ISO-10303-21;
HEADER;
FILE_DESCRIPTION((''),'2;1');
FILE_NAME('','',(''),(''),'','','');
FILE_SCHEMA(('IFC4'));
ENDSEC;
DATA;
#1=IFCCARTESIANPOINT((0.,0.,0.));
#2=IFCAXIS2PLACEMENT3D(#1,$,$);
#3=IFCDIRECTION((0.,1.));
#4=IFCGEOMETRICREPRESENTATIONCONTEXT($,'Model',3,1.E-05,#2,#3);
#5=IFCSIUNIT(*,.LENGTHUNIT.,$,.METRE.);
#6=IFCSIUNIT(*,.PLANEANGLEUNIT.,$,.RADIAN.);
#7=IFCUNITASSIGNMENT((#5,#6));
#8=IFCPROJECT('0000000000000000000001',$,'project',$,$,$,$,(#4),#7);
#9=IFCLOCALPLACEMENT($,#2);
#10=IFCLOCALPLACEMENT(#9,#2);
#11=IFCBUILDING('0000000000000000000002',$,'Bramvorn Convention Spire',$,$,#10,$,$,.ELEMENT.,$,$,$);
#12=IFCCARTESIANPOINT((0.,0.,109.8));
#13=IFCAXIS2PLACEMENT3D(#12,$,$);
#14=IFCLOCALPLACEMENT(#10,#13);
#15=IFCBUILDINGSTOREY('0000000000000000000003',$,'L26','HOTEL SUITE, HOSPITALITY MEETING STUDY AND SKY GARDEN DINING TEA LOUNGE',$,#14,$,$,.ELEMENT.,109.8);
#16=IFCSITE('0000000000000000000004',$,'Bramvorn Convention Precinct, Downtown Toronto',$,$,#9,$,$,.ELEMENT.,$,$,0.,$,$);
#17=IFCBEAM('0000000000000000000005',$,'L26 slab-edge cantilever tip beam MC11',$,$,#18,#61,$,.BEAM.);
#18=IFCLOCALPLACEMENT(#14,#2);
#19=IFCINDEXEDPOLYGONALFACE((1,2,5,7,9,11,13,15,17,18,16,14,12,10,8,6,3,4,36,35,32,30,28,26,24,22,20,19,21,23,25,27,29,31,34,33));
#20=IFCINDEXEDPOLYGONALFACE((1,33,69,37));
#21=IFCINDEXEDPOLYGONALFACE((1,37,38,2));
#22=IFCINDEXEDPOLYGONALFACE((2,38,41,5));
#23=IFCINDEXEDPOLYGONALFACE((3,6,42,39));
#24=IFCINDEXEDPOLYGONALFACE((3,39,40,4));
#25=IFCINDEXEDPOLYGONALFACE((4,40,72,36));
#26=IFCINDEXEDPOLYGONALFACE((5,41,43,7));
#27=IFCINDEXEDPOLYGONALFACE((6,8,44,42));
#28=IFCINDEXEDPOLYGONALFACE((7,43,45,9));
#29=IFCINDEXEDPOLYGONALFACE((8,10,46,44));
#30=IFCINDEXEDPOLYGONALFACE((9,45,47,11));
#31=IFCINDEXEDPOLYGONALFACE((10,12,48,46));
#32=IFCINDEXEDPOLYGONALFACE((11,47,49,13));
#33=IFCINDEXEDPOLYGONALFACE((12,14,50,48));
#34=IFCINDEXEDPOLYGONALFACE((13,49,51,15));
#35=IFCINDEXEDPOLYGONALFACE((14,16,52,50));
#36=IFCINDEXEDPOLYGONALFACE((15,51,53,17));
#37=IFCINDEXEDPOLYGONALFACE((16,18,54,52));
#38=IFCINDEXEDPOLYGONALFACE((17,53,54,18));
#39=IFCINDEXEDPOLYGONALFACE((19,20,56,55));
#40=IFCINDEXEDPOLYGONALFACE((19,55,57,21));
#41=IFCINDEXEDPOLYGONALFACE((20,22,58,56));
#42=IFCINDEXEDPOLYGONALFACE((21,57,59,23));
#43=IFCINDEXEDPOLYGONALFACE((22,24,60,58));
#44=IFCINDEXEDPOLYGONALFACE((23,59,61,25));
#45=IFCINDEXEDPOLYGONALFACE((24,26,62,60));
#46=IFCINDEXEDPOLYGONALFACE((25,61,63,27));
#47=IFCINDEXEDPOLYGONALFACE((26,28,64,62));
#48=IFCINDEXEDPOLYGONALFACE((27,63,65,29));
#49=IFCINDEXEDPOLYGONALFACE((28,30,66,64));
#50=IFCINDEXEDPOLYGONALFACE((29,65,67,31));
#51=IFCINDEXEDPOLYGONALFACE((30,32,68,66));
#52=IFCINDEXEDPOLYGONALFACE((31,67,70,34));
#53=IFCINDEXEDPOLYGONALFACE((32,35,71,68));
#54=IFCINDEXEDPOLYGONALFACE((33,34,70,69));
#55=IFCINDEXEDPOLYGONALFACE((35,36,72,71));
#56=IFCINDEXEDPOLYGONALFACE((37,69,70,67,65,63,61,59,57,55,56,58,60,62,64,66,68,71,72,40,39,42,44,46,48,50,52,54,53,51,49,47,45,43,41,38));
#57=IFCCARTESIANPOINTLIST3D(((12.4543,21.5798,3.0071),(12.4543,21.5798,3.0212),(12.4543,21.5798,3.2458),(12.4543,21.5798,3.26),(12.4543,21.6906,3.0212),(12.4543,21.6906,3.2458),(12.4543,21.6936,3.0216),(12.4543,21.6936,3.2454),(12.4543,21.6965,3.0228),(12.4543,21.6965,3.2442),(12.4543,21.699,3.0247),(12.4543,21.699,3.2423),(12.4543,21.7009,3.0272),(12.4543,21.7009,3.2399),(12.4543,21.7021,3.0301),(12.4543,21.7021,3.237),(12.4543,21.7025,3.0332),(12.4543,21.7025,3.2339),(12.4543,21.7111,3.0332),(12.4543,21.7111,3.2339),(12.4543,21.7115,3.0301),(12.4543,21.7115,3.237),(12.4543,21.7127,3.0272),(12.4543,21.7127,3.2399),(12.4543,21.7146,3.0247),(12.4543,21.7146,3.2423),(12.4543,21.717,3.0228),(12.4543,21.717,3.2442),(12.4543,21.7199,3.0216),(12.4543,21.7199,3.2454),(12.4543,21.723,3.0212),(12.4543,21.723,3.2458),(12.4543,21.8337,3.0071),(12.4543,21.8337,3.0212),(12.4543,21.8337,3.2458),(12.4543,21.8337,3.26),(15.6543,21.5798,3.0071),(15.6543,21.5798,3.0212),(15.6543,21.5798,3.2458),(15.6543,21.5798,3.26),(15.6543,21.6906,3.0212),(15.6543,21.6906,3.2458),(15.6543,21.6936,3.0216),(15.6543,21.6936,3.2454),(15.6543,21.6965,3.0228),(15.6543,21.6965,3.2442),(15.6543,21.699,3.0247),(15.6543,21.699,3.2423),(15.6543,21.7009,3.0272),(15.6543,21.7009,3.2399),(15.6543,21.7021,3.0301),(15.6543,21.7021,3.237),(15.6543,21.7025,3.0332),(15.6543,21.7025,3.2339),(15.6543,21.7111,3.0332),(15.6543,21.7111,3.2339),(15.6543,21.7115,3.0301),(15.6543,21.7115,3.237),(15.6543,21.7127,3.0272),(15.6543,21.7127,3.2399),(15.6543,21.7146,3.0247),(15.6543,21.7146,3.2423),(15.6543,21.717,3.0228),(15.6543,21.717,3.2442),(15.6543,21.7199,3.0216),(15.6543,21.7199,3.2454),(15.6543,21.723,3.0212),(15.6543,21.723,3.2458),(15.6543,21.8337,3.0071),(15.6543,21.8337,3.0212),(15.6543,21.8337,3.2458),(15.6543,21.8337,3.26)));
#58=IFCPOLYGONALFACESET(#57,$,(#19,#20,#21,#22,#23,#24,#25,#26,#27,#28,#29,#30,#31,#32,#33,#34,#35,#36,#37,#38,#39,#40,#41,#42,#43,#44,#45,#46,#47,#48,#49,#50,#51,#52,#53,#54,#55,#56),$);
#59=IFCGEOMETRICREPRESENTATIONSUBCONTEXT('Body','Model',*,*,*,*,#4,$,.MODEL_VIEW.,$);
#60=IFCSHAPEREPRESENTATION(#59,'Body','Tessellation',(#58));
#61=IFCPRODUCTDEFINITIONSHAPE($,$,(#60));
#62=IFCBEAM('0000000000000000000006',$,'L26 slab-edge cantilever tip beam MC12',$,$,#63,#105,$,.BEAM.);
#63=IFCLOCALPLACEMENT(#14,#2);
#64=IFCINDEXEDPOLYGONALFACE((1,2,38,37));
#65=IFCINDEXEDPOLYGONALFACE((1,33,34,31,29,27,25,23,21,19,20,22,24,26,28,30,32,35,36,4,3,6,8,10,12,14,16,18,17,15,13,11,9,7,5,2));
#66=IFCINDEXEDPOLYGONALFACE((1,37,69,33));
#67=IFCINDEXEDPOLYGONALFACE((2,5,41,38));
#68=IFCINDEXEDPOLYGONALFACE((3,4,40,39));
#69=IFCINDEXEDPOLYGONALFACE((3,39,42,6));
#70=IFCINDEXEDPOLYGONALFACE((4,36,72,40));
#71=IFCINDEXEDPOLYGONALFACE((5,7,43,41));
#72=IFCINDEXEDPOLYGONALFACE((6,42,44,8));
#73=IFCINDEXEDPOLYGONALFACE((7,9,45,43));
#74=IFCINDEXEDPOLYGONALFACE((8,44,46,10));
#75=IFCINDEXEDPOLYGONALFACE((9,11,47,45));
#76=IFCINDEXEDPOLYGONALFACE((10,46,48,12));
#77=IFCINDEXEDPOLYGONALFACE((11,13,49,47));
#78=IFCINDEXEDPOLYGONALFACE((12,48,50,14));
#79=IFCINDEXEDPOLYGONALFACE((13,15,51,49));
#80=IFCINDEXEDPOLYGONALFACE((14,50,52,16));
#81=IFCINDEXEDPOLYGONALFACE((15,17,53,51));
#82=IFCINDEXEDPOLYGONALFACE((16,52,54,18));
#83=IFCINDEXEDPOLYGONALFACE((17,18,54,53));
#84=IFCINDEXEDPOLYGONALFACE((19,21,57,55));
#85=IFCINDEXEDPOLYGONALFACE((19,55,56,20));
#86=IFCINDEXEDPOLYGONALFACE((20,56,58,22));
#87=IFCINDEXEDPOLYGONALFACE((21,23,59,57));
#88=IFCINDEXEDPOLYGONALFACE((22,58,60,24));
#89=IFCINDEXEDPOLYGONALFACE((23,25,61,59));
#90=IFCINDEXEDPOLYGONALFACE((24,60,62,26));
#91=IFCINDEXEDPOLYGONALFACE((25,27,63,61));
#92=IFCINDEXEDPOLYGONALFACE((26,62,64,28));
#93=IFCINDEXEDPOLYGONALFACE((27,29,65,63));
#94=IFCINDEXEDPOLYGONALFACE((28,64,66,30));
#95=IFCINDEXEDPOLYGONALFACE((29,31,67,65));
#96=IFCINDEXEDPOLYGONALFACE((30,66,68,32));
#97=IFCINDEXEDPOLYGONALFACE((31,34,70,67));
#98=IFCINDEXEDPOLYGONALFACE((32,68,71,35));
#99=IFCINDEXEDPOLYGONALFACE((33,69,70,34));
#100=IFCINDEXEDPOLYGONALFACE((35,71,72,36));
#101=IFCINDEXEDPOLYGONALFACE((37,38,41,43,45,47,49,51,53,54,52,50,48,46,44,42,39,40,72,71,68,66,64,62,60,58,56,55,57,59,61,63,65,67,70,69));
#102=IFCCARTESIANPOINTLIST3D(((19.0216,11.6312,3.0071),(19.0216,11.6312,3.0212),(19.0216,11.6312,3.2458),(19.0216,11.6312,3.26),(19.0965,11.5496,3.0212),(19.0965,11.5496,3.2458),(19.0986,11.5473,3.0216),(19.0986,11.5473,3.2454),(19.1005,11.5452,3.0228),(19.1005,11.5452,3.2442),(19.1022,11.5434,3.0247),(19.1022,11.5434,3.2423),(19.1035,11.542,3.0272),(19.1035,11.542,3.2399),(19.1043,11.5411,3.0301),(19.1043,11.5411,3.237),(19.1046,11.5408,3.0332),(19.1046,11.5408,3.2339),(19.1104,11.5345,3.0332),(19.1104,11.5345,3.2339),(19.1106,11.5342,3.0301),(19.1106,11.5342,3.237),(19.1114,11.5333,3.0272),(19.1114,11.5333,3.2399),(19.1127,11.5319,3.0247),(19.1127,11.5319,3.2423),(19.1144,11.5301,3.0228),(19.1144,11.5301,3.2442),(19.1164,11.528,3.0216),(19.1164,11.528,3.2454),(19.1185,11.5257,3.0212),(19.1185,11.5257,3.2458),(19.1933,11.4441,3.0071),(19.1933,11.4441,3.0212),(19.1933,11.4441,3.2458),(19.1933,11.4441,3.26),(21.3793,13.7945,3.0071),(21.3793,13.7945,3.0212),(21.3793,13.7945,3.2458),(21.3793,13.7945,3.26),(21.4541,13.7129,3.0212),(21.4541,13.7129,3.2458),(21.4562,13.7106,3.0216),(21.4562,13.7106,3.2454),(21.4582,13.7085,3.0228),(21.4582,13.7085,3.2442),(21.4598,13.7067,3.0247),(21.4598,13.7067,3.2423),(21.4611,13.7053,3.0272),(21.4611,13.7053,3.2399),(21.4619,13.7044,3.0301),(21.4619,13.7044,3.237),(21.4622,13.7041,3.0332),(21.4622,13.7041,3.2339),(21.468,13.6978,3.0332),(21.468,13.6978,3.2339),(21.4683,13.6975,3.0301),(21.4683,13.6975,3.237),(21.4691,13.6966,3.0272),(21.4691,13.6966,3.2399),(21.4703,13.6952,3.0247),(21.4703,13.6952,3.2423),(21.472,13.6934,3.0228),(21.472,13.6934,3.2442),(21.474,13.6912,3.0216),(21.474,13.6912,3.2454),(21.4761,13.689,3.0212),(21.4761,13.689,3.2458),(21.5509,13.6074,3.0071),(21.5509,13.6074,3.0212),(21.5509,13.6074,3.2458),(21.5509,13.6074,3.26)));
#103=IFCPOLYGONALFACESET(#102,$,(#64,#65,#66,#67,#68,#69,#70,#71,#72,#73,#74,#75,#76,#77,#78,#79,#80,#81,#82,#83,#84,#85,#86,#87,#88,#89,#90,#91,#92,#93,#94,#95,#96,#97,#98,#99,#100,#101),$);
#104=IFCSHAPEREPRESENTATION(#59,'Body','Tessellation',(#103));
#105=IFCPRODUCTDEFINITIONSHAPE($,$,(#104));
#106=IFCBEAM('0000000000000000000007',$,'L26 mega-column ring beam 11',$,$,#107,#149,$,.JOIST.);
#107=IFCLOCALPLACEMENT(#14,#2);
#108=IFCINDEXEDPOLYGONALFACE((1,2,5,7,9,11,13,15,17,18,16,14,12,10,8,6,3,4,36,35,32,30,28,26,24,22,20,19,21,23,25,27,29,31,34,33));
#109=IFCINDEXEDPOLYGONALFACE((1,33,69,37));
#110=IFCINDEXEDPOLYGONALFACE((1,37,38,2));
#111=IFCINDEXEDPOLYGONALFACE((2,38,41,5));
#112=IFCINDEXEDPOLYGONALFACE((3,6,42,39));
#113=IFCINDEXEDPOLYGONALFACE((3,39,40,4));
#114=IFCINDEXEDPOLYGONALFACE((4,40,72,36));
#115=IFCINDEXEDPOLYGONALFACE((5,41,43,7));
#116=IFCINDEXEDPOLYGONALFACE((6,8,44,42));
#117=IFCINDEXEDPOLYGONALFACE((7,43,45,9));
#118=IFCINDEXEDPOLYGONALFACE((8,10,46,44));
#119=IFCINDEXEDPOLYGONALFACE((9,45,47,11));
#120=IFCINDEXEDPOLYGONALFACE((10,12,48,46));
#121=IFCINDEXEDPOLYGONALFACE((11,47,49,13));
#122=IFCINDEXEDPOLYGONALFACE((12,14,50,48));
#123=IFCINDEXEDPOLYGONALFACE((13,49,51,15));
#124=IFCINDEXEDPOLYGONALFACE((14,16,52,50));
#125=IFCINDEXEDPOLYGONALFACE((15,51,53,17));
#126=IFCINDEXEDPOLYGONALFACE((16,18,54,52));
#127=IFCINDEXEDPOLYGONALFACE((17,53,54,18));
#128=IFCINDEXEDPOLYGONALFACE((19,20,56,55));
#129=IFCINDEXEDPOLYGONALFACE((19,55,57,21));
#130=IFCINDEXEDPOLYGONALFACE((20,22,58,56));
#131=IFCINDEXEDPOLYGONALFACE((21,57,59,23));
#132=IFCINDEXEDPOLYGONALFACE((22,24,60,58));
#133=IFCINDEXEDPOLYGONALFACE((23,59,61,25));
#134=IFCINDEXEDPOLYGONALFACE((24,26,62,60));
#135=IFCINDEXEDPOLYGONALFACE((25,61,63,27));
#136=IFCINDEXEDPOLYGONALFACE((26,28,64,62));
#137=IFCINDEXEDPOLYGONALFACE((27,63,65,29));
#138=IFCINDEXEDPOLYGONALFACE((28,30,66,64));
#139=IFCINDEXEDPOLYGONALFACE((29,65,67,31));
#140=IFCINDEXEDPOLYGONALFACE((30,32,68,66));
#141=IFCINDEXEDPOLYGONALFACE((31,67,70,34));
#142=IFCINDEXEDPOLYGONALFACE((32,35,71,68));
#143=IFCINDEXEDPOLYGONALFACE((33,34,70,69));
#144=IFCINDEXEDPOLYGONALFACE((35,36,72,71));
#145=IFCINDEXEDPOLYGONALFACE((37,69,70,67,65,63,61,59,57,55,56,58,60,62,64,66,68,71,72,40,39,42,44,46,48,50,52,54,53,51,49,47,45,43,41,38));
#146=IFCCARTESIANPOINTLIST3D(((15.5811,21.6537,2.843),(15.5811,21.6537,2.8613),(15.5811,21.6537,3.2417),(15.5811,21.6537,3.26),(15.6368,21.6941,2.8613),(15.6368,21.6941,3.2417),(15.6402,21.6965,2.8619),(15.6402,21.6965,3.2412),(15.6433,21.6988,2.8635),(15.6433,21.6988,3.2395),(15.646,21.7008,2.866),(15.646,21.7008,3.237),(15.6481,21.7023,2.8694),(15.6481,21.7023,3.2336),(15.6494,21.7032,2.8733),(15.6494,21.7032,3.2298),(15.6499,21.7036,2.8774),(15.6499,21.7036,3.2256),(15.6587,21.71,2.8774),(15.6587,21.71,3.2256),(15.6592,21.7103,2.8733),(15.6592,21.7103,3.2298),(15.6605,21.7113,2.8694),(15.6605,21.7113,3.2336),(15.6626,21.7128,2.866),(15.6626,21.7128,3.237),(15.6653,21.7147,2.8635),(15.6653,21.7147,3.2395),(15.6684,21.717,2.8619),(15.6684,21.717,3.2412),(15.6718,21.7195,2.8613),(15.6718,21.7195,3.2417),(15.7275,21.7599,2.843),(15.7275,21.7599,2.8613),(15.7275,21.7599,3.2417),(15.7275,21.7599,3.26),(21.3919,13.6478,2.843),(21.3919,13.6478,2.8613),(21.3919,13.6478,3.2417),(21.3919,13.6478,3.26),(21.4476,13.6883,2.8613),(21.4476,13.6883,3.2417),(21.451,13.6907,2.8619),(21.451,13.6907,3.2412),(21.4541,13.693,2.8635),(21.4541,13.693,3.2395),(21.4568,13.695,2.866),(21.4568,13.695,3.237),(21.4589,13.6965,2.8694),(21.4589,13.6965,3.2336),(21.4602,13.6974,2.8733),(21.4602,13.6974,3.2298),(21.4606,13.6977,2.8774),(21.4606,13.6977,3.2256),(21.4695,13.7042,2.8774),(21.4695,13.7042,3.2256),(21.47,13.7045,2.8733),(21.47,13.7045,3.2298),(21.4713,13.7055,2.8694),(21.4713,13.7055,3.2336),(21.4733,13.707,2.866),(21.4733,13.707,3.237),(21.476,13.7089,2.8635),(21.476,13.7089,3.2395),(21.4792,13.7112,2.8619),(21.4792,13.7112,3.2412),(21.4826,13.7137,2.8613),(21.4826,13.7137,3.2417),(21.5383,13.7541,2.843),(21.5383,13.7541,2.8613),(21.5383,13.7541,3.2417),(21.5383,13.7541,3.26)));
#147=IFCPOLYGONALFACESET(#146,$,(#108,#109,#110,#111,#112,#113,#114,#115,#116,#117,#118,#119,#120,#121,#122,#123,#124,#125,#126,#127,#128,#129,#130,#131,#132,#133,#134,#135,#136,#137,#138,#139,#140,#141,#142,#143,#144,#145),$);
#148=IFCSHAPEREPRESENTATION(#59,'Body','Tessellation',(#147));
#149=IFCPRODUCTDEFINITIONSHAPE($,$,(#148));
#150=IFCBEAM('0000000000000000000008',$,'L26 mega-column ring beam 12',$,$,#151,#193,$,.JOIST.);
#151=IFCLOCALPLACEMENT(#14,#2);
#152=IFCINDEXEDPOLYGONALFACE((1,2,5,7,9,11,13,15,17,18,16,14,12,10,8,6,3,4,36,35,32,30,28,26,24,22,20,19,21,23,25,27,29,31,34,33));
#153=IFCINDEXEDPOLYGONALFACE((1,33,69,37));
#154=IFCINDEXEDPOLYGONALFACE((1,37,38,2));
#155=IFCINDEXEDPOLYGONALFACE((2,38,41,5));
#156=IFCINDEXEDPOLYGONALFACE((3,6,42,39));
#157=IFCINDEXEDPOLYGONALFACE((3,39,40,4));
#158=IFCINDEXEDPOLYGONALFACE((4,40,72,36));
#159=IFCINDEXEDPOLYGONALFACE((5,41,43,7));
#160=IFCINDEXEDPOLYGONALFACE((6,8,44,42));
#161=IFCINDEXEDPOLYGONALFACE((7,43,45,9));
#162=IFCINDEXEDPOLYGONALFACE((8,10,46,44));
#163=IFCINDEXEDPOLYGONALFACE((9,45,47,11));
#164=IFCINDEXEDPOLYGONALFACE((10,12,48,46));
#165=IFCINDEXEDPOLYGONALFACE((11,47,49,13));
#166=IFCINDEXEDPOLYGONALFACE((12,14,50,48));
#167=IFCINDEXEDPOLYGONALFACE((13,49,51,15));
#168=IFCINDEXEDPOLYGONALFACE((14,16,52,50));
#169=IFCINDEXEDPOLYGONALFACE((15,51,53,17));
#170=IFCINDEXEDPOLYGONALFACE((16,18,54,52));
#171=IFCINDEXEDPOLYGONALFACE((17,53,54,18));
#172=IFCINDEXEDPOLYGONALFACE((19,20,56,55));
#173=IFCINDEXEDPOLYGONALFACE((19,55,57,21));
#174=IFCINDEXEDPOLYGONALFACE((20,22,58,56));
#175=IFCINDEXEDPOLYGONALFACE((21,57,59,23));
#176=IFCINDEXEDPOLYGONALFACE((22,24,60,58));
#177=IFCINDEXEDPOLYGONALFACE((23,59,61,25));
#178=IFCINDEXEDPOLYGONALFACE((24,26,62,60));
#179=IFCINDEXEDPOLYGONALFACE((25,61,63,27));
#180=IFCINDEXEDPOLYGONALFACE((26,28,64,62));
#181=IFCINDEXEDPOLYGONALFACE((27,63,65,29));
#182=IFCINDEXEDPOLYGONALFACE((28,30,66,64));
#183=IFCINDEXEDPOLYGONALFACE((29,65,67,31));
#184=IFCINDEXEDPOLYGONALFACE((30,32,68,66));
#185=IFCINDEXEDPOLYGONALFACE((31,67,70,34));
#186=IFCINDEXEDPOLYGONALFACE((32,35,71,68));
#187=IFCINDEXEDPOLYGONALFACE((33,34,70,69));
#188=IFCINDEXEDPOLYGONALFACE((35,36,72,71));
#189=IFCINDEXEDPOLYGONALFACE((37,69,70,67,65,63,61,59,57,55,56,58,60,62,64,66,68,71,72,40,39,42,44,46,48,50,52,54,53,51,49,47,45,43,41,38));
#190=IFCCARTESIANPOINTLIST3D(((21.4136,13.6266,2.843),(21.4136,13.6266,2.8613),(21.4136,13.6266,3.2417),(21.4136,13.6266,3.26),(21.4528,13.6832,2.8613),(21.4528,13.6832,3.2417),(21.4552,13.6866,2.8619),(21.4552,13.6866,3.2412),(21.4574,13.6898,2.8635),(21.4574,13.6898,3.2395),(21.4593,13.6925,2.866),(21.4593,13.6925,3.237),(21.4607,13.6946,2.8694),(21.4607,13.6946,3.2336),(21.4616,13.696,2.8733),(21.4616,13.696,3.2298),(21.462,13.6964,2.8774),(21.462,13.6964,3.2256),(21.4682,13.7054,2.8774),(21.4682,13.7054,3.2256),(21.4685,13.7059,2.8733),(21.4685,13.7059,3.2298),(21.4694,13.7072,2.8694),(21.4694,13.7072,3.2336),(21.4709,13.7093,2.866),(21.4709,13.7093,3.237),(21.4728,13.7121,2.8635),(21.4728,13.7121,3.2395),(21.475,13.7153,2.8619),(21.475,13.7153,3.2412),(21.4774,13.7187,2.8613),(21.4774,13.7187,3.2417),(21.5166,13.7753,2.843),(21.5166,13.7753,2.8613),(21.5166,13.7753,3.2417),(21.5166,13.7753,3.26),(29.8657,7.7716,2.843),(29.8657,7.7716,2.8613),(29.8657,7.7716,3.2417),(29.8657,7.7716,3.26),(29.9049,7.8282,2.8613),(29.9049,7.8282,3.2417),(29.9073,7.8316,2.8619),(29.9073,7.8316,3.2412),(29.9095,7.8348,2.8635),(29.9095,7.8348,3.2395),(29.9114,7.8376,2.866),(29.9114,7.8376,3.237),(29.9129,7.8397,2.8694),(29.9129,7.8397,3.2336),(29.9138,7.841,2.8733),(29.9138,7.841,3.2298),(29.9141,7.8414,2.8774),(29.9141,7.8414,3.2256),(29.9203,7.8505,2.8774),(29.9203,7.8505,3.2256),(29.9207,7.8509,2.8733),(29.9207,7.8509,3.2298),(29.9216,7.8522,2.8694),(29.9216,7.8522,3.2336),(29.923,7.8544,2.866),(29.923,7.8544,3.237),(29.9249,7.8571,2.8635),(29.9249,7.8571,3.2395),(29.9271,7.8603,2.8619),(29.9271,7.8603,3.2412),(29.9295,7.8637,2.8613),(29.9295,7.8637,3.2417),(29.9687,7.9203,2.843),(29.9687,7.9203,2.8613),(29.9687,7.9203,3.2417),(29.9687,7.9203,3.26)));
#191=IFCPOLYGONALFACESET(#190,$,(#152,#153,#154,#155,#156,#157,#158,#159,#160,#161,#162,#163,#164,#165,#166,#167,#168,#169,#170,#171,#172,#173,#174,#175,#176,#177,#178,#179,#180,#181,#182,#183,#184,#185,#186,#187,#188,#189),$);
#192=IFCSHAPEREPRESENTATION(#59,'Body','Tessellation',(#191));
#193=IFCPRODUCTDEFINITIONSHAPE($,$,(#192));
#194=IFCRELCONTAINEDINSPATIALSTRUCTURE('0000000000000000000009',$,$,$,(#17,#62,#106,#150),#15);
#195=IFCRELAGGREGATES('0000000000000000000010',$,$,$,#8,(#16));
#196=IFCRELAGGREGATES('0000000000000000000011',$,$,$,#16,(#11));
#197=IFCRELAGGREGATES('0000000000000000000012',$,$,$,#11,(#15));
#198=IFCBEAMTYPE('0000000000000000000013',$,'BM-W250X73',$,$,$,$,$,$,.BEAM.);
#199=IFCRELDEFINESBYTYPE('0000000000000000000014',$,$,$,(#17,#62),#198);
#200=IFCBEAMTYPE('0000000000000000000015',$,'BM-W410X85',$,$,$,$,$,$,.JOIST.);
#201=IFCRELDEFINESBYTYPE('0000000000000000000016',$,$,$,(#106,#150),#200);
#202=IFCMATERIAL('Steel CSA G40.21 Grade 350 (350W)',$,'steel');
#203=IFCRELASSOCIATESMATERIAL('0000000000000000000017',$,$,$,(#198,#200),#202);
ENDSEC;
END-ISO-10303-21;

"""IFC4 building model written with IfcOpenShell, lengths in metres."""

from ifc_helpers import new_model, si_unit, direction, frame, origin, origin_2d, place, context, subcontext, project, spatial, i_section, extrude, material, material_profile, profile_set, type_object, element, save


model = new_model("IFC4")

# Units and contexts
model_context = context("Model", 3, precision=1e-05, world=origin(), true_north=direction((0.0, 1.0)))
body_context = subcontext(model_context, "Body", "Model", "MODEL_VIEW")
ifc_project = project(units=[si_unit("LENGTHUNIT", "METRE"), si_unit("PLANEANGLEUNIT", "RADIAN")], contexts=[model_context])

# Site, building, storey
site_placement = place(None, origin())
site = spatial("IfcSite", under=ifc_project, at=site_placement, Name="Bramvorn Convention Precinct, Downtown Toronto", CompositionType="ELEMENT", RefElevation=0.0)
building_placement = place(site_placement, origin())
building = spatial("IfcBuilding", under=site, at=building_placement, Name="Bramvorn Convention Spire", CompositionType="ELEMENT")
storey_placement = place(building_placement, frame((0.0, 0.0, 109.8)))
storey = spatial("IfcBuildingStorey", under=building, at=storey_placement, Name="L26", Description="HOTEL SUITE, HOSPITALITY MEETING STUDY AND SKY GARDEN DINING TEA LOUNGE", CompositionType="ELEMENT", Elevation=109.8)

# Shared definitions
ifc_material_1 = material(Name="Steel CSA G40.21 Grade 350 (350W)", Category="steel")

# Beams
ifc_material_profile_1 = material_profile(ifc_material_1, i_section(OverallWidth=0.2539, OverallDepth=0.2529, WebThickness=0.0085, FlangeThickness=0.0142, FilletRadius=0.012, at=origin_2d()))
ifc_profile_set_1 = profile_set([ifc_material_profile_1], Name="Steel CSA G40.21 Grade 350 (350W) - W250X73")
beam_type_1 = type_object("IfcBeamType", Name="BM-W250X73", PredefinedType="BEAM", material=ifc_profile_set_1)
beam_1_placement = place(storey_placement, frame((15.6543, 21.7068, 3.1335), z_axis=(-1.0, 0.0, 0.0), x_axis=(0.0, -1.0, 0.0)))
element("IfcBeam", 1, at=beam_1_placement, inside=storey, type_object=beam_type_1, Name="L26 slab-edge cantilever tip beam MC11", PredefinedType="BEAM", context=body_context, shape_type="SweptSolid", body=[
    extrude(i_section(OverallWidth=0.2539, OverallDepth=0.2529, WebThickness=0.0085, FlangeThickness=0.0142, FilletRadius=0.012, at=origin_2d()), origin(), (0.0, 0.0, 1.0), 3.2),
])
beam_2_placement = place(storey_placement, frame((21.4651, 13.7009, 3.1335), z_axis=(-0.736822, -0.676087, 0.0), x_axis=(0.676087, -0.736822, 0.0)))
element("IfcBeam", 2, at=beam_2_placement, inside=storey, type_object=beam_type_1, Name="L26 slab-edge cantilever tip beam MC12", PredefinedType="BEAM", context=body_context, shape_type="SweptSolid", body=[
    extrude(i_section(OverallWidth=0.2539, OverallDepth=0.2529, WebThickness=0.0085, FlangeThickness=0.0142, FilletRadius=0.012, at=origin_2d()), origin(), (0.0, 0.0, 1.0), 3.1997),
])
ifc_material_profile_2 = material_profile(ifc_material_1, i_section(OverallWidth=0.1809, OverallDepth=0.417, WebThickness=0.011, FlangeThickness=0.0183, FilletRadius=0.0161, at=origin_2d()))
ifc_profile_set_2 = profile_set([ifc_material_profile_2], Name="Steel CSA G40.21 Grade 350 (350W) - W410X85")
beam_type_2 = type_object("IfcBeamType", Name="BM-W410X85", PredefinedType="JOIST", material=ifc_profile_set_2)
beam_3_placement = place(storey_placement, frame((15.6543, 21.7068, 3.0515), z_axis=(0.587401, -0.809296, 0.0), x_axis=(0.809296, 0.587401, 0.0)))
element("IfcBeam", 3, at=beam_3_placement, inside=storey, type_object=beam_type_2, Name="L26 mega-column ring beam 11", PredefinedType="JOIST", context=body_context, shape_type="SweptSolid", body=[
    extrude(i_section(OverallWidth=0.1809, OverallDepth=0.417, WebThickness=0.011, FlangeThickness=0.0183, FilletRadius=0.0161, at=origin_2d()), origin(), (0.0, 0.0, 1.0), 9.8923),
])
beam_4_placement = place(storey_placement, frame((21.4651, 13.7009, 3.0515), z_axis=(0.822033, -0.56944, 0.0), x_axis=(0.56944, 0.822033, 0.0)))
element("IfcBeam", 4, at=beam_4_placement, inside=storey, type_object=beam_type_2, Name="L26 mega-column ring beam 12", PredefinedType="JOIST", context=body_context, shape_type="SweptSolid", body=[
    extrude(i_section(OverallWidth=0.1809, OverallDepth=0.417, WebThickness=0.011, FlangeThickness=0.0183, FilletRadius=0.0161, at=origin_2d()), origin(), (0.0, 0.0, 1.0), 10.282),
])

save(model, "model.ifc")
